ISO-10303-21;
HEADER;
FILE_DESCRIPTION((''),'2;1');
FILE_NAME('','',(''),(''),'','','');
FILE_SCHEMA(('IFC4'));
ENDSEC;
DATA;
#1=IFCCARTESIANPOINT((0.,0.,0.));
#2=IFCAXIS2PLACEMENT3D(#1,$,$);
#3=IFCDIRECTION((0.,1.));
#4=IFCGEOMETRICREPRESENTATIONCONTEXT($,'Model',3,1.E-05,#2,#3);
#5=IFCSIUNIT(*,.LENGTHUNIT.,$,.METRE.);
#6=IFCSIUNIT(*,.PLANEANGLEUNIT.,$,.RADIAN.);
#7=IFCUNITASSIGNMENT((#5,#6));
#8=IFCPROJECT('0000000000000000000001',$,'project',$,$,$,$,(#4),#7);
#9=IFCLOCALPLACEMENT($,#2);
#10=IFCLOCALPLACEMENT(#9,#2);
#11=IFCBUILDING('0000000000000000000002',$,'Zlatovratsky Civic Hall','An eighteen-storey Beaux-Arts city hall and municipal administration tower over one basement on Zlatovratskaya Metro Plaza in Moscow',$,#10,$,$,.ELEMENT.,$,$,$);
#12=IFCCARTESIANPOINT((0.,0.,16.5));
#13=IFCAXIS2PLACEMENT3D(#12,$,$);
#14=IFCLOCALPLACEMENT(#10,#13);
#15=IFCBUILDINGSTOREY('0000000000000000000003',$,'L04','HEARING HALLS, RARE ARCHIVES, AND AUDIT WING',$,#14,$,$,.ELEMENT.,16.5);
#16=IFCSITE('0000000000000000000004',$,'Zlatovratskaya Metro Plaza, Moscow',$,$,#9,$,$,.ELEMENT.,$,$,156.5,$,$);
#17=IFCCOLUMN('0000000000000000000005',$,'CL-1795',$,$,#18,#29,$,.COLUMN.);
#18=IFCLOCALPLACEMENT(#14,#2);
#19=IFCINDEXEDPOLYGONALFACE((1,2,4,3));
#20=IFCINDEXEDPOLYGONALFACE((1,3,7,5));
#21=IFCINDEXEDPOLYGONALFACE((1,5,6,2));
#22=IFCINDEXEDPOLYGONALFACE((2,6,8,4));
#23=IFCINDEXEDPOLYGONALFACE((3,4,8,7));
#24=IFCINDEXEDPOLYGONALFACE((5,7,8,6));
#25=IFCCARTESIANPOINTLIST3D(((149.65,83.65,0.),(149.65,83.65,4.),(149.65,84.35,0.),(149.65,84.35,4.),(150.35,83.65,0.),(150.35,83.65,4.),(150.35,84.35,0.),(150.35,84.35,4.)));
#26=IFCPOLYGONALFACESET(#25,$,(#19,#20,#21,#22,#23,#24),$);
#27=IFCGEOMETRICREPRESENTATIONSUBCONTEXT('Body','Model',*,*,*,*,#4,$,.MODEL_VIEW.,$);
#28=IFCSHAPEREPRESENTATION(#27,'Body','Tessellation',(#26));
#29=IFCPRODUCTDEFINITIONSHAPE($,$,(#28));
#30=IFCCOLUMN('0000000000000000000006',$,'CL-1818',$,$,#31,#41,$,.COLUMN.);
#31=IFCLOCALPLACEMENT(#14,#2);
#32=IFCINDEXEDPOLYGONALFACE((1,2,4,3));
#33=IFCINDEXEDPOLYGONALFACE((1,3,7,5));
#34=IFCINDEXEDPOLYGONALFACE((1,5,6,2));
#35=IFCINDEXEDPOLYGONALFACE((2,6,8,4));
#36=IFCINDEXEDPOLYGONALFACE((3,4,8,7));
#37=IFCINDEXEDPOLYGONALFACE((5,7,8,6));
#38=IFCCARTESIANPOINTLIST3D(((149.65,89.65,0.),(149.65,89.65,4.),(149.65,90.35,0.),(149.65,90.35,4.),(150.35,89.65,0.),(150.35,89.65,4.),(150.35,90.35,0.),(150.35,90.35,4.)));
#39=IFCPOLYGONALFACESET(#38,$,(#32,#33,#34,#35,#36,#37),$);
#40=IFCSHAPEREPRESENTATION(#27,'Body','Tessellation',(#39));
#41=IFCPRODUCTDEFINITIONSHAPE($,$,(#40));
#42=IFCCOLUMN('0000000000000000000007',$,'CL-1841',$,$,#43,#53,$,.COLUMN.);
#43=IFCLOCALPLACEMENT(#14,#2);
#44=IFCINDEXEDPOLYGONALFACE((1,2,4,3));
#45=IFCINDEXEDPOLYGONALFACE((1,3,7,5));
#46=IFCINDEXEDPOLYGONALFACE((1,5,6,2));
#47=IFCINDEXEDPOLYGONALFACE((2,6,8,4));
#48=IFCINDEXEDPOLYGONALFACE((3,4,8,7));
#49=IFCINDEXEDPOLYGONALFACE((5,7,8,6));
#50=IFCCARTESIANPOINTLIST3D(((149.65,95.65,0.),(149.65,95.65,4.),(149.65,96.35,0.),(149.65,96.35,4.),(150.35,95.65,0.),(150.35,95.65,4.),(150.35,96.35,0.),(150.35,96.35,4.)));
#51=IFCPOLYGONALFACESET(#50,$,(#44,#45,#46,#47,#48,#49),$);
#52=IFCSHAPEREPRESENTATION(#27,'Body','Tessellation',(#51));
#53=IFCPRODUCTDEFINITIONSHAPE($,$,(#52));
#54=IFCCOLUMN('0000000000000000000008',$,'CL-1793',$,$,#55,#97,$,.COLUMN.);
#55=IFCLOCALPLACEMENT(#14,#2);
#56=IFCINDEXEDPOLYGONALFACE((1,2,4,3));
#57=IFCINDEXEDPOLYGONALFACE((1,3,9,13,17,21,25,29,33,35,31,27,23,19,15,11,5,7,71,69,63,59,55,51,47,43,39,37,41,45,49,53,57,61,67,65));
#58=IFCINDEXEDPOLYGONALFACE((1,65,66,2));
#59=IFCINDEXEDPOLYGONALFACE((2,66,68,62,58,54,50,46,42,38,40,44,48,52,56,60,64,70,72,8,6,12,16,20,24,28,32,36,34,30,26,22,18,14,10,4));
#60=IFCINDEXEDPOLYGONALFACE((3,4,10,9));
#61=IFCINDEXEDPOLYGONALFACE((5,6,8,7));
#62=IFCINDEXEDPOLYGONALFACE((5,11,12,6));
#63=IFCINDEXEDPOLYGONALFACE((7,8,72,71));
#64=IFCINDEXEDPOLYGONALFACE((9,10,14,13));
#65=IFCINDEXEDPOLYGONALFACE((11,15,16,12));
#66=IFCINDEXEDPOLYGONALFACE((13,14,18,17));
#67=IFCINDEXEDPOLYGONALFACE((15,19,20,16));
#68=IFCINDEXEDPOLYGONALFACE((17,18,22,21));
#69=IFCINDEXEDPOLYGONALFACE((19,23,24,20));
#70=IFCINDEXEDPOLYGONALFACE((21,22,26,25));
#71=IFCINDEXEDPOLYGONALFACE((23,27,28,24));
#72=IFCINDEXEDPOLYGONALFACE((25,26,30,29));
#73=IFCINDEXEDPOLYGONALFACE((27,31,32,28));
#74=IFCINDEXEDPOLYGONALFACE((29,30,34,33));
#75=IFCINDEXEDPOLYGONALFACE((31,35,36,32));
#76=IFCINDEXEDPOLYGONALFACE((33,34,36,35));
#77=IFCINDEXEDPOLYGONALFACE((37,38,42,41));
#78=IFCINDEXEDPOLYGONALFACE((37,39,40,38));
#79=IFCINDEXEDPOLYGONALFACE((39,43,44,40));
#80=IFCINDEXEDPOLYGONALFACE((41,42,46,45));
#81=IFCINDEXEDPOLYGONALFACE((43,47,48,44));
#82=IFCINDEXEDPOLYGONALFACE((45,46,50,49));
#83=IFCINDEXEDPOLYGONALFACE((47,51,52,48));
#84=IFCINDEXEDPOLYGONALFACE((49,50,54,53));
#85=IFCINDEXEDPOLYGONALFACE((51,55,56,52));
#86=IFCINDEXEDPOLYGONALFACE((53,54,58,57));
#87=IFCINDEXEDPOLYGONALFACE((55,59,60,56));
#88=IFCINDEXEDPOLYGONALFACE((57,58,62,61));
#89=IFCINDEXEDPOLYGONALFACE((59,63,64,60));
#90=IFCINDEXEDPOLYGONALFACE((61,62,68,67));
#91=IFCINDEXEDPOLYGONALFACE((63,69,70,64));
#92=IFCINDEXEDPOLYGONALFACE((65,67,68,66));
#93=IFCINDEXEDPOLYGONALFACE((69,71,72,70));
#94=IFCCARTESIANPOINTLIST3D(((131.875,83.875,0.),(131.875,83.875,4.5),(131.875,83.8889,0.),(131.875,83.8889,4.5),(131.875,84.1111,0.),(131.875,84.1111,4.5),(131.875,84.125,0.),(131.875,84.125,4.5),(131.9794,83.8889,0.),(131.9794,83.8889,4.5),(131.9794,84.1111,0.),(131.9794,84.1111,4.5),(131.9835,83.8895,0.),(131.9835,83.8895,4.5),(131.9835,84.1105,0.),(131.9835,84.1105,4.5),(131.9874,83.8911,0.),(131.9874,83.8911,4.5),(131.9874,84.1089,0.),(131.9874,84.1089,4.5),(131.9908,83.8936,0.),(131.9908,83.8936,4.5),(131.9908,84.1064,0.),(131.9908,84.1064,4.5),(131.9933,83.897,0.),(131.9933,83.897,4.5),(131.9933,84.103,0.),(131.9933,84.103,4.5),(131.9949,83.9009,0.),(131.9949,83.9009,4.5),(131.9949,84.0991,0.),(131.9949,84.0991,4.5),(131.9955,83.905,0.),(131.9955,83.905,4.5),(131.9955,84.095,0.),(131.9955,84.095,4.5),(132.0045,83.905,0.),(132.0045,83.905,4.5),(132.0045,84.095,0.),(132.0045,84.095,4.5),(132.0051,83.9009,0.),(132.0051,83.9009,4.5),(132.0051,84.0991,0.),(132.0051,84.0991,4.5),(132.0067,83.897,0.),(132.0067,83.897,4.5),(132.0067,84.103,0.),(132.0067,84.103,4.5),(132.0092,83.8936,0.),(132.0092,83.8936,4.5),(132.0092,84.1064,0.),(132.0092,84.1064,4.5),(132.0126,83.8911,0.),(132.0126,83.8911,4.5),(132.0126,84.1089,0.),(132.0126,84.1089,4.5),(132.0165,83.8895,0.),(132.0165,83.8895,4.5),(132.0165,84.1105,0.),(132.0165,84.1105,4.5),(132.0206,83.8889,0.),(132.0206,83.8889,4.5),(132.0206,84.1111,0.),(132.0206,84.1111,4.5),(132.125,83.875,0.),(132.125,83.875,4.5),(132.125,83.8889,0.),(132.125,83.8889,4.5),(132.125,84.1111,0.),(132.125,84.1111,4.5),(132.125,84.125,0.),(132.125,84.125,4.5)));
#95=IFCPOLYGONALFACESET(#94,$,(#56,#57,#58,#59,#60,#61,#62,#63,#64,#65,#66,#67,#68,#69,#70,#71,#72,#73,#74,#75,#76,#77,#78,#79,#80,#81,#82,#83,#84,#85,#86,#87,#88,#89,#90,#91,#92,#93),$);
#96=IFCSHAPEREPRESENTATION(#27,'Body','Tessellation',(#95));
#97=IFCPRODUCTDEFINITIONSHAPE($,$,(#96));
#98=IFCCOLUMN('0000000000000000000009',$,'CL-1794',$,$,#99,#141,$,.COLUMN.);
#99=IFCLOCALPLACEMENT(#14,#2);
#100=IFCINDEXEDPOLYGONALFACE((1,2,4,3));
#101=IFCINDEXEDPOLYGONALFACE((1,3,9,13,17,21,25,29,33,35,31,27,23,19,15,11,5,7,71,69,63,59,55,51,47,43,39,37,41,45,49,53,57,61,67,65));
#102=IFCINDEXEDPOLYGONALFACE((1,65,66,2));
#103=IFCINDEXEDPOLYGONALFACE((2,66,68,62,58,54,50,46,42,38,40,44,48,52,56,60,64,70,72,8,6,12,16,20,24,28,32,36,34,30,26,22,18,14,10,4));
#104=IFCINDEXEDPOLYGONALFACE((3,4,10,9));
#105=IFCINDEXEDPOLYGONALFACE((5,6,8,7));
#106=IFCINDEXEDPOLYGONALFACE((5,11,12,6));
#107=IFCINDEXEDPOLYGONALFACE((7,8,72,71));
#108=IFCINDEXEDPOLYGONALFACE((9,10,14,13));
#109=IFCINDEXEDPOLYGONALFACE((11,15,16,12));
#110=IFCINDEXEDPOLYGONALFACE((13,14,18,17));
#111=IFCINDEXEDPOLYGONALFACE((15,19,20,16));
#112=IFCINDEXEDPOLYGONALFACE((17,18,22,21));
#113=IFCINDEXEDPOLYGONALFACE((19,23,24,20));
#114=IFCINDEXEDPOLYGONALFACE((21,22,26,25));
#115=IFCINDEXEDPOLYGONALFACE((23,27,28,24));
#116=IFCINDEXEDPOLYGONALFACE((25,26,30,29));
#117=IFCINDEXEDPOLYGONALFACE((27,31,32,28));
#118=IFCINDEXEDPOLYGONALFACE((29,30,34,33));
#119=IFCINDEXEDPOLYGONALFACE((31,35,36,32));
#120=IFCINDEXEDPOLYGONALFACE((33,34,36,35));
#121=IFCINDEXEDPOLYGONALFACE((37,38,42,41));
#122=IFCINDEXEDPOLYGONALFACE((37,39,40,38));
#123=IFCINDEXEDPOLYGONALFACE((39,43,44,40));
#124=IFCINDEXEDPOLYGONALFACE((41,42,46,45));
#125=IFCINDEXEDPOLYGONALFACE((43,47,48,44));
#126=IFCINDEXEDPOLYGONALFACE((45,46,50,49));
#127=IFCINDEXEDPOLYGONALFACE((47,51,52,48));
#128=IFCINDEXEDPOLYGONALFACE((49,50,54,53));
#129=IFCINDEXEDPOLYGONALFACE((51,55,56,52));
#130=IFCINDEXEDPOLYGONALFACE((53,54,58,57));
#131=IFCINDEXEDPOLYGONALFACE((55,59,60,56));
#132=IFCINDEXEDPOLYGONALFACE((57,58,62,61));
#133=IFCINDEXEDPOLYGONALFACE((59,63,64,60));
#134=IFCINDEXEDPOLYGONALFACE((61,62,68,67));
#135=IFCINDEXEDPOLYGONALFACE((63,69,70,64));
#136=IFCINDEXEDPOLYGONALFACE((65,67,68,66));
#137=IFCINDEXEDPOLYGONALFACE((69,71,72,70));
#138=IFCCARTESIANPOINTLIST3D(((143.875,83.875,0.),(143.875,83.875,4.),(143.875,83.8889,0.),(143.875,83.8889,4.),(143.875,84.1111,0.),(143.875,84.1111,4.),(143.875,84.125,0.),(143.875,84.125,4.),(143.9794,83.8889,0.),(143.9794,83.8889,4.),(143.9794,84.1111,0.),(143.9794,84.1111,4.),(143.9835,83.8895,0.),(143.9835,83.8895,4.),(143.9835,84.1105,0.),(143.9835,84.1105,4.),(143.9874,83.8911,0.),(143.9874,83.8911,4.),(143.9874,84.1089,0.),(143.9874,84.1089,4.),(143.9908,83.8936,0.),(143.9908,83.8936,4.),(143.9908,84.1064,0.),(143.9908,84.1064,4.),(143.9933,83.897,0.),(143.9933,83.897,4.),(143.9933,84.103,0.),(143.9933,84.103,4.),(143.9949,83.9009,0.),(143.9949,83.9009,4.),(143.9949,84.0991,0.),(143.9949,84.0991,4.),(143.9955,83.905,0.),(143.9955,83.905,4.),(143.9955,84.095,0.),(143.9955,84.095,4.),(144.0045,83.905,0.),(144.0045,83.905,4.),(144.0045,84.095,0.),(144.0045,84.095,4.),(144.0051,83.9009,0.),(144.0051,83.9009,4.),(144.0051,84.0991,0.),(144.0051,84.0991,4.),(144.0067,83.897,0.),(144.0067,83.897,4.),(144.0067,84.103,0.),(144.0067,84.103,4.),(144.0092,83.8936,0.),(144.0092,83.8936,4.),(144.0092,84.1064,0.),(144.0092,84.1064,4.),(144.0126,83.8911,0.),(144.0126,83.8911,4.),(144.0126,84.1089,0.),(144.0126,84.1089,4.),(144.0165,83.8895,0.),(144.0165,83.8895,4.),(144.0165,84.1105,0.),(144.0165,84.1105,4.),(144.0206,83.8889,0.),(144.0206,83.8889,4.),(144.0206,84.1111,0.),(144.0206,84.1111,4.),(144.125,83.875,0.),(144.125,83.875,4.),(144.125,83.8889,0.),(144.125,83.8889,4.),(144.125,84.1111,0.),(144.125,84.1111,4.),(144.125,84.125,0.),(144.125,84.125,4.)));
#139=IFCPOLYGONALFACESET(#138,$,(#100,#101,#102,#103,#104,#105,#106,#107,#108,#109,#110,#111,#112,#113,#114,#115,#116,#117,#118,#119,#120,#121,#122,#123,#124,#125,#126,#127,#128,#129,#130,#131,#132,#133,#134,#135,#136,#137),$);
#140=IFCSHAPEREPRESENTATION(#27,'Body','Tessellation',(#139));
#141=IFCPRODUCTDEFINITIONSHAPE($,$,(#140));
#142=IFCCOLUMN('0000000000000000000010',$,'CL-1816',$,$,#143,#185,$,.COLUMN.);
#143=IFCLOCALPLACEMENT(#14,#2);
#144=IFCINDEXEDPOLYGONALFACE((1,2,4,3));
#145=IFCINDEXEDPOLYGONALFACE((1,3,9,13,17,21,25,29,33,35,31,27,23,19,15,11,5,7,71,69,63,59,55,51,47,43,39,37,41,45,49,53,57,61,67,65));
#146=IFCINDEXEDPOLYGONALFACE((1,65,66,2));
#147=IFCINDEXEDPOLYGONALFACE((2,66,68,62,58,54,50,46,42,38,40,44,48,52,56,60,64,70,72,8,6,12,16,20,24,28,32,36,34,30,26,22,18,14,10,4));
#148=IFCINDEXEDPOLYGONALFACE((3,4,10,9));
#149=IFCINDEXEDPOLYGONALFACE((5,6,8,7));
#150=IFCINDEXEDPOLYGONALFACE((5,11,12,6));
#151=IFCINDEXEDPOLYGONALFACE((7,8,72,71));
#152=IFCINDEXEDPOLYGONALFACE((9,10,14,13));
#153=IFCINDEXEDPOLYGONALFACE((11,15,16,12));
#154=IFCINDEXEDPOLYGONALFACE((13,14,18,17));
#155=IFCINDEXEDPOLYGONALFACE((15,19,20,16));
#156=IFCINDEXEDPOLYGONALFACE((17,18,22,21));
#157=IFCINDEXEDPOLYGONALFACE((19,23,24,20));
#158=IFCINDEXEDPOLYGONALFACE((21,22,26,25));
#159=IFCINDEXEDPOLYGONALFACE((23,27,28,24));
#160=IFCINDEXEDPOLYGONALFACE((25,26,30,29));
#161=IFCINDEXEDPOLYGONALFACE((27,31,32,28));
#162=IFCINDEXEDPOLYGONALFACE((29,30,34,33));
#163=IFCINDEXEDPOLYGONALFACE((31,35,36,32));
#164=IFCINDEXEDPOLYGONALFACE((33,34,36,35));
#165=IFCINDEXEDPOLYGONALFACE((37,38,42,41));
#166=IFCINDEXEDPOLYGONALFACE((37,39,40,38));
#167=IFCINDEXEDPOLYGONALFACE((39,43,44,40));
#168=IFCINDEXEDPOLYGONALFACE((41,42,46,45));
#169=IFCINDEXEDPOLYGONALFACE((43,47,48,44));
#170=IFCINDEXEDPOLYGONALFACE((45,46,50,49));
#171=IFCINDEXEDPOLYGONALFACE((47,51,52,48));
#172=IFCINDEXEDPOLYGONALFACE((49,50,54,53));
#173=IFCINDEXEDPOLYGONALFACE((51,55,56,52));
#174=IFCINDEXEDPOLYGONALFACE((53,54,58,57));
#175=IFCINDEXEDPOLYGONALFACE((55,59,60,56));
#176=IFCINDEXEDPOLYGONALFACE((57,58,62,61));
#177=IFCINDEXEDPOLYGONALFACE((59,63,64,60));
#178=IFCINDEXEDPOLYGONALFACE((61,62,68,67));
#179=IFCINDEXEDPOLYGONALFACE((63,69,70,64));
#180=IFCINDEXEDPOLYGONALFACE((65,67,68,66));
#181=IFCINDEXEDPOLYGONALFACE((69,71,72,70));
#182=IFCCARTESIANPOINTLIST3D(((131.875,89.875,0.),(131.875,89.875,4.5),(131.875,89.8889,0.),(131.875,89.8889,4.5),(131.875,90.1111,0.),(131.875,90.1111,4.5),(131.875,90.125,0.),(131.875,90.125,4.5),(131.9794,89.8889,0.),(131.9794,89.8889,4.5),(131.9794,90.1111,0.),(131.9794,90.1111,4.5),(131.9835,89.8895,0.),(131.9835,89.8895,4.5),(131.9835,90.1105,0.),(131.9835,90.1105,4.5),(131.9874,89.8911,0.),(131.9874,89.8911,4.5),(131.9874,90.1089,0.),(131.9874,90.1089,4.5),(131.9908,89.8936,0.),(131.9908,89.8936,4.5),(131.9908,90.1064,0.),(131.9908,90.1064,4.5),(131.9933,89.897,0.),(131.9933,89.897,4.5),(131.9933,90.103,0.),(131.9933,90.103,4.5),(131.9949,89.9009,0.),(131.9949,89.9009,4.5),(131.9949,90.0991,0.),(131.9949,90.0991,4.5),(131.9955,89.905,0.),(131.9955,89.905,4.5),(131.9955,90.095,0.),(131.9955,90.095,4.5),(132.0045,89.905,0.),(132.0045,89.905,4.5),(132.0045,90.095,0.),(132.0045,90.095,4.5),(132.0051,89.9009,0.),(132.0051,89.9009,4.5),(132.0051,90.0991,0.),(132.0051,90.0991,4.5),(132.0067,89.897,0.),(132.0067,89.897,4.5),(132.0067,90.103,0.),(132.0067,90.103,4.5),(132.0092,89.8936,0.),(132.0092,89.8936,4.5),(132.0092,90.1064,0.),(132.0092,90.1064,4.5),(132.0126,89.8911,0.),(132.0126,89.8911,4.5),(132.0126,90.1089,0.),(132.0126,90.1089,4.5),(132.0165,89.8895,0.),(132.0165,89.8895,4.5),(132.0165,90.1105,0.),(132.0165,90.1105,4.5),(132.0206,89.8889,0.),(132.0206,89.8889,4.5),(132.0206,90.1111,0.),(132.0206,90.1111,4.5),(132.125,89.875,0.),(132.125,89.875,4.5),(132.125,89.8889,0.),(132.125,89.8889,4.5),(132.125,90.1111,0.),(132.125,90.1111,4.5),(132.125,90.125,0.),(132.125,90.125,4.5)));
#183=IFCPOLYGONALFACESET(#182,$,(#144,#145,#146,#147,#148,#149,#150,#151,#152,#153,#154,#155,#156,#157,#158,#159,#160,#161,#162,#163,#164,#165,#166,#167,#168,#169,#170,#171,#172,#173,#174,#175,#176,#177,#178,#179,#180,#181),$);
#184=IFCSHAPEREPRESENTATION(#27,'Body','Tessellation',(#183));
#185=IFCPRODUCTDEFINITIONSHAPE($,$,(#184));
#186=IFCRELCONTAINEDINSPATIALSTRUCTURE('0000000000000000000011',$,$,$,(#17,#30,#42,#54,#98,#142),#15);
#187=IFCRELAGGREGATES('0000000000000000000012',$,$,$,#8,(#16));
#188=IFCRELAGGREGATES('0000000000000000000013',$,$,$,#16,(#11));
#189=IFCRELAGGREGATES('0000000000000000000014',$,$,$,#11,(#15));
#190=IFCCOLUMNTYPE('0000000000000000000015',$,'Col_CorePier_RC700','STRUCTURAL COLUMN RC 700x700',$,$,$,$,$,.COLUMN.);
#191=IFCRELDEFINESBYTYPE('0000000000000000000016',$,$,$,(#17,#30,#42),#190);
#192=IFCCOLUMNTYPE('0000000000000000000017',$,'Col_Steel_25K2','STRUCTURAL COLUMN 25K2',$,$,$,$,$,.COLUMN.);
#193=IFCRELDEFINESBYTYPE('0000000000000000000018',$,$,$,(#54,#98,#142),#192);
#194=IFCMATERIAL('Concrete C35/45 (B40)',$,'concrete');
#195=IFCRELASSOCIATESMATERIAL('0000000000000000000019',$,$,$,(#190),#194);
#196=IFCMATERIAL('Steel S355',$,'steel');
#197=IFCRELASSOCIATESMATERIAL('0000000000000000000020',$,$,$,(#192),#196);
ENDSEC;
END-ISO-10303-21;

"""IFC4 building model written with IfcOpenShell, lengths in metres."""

from ifc_helpers import new_model, si_unit, direction, frame, origin, origin_2d, place, context, subcontext, project, spatial, rectangle, i_section, extrude, material, material_profile, profile_set, type_object, element, save


model = new_model("IFC4")

# Units and contexts
model_context = context("Model", 3, precision=1e-05, world=origin(), true_north=direction((0.0, 1.0)))
body_context = subcontext(model_context, "Body", "Model", "MODEL_VIEW")
ifc_project = project(units=[si_unit("LENGTHUNIT", "METRE"), si_unit("PLANEANGLEUNIT", "RADIAN")], contexts=[model_context])

# Site, building, storey
site_placement = place(None, origin())
site = spatial("IfcSite", under=ifc_project, at=site_placement, Name="Zlatovratskaya Metro Plaza, Moscow", CompositionType="ELEMENT", RefElevation=156.5)
building_placement = place(site_placement, origin())
building = spatial("IfcBuilding", under=site, at=building_placement, Name="Zlatovratsky Civic Hall", Description="An eighteen-storey Beaux-Arts city hall and municipal administration tower over one basement on Zlatovratskaya Metro Plaza in Moscow", CompositionType="ELEMENT")
storey_placement = place(building_placement, frame((0.0, 0.0, 16.5)))
storey = spatial("IfcBuildingStorey", under=building, at=storey_placement, Name="L04", Description="HEARING HALLS, RARE ARCHIVES, AND AUDIT WING", CompositionType="ELEMENT", Elevation=16.5)

# Columns
ifc_material_1 = material(Name="Concrete C35/45 (B40)", Category="concrete")
ifc_material_profile_1 = material_profile(ifc_material_1, rectangle(XDim=0.7, YDim=0.7, at=origin_2d()), Name="RC 700x700")
ifc_profile_set_1 = profile_set([ifc_material_profile_1], Name="Concrete C35/45 (B40)")
column_type_1 = type_object("IfcColumnType", Name="Col_CorePier_RC700", Description="STRUCTURAL COLUMN RC 700x700", PredefinedType="COLUMN", material=ifc_profile_set_1)
for number, where, z_axis, x_axis, name in (
    (1, (150.0, 84.0, 0.0), (0.0, 0.0, 1.0), (1.0, 0.0, 0.0), "CL-1795"),
    (2, (150.0, 90.0, 0.0), (0.0, 0.0, 1.0), (1.0, 0.0, 0.0), "CL-1818"),
    (3, (150.0, 96.0, 0.0), (0.0, 0.0, 1.0), (1.0, 0.0, 0.0), "CL-1841"),
):
    element("IfcColumn", number, at=place(storey_placement, frame(where, z_axis=z_axis, x_axis=x_axis)), inside=storey, type_object=column_type_1, Name=name, PredefinedType="COLUMN", context=body_context, shape_type="SweptSolid", body=[
        extrude(rectangle(XDim=0.7, YDim=0.7, at=origin_2d()), origin(), (0.0, 0.0, 1.0), 4.0),
    ])
ifc_material_2 = material(Name="Steel S355", Category="steel")
ifc_material_profile_2 = material_profile(ifc_material_2, i_section(OverallWidth=0.25, OverallDepth=0.25, WebThickness=0.009, FlangeThickness=0.0139, FilletRadius=0.0161, at=origin_2d()), Name="25K2")
ifc_profile_set_2 = profile_set([ifc_material_profile_2], Name="Steel S355")
column_type_2 = type_object("IfcColumnType", Name="Col_Steel_25K2", Description="STRUCTURAL COLUMN 25K2", PredefinedType="COLUMN", material=ifc_profile_set_2)
column_1_placement = place(storey_placement, frame((132.0, 84.0, 0.0), z_axis=(0.0, 0.0, 1.0), x_axis=(1.0, 0.0, 0.0)))
element("IfcColumn", 4, at=column_1_placement, inside=storey, type_object=column_type_2, Name="CL-1793", PredefinedType="COLUMN", context=body_context, shape_type="SweptSolid", body=[
    extrude(i_section(OverallWidth=0.25, OverallDepth=0.25, WebThickness=0.009, FlangeThickness=0.0139, FilletRadius=0.0161, at=origin_2d()), origin(), (0.0, 0.0, 1.0), 4.5),
])
column_2_placement = place(storey_placement, frame((144.0, 84.0, 0.0), z_axis=(0.0, 0.0, 1.0), x_axis=(1.0, 0.0, 0.0)))
element("IfcColumn", 5, at=column_2_placement, inside=storey, type_object=column_type_2, Name="CL-1794", PredefinedType="COLUMN", context=body_context, shape_type="SweptSolid", body=[
    extrude(i_section(OverallWidth=0.25, OverallDepth=0.25, WebThickness=0.009, FlangeThickness=0.0139, FilletRadius=0.0161, at=origin_2d()), origin(), (0.0, 0.0, 1.0), 4.0),
])
column_3_placement = place(storey_placement, frame((132.0, 90.0, 0.0), z_axis=(0.0, 0.0, 1.0), x_axis=(1.0, 0.0, 0.0)))
element("IfcColumn", 6, at=column_3_placement, inside=storey, type_object=column_type_2, Name="CL-1816", PredefinedType="COLUMN", context=body_context, shape_type="SweptSolid", body=[
    extrude(i_section(OverallWidth=0.25, OverallDepth=0.25, WebThickness=0.009, FlangeThickness=0.0139, FilletRadius=0.0161, at=origin_2d()), origin(), (0.0, 0.0, 1.0), 4.5),
])

save(model, "model.ifc")
